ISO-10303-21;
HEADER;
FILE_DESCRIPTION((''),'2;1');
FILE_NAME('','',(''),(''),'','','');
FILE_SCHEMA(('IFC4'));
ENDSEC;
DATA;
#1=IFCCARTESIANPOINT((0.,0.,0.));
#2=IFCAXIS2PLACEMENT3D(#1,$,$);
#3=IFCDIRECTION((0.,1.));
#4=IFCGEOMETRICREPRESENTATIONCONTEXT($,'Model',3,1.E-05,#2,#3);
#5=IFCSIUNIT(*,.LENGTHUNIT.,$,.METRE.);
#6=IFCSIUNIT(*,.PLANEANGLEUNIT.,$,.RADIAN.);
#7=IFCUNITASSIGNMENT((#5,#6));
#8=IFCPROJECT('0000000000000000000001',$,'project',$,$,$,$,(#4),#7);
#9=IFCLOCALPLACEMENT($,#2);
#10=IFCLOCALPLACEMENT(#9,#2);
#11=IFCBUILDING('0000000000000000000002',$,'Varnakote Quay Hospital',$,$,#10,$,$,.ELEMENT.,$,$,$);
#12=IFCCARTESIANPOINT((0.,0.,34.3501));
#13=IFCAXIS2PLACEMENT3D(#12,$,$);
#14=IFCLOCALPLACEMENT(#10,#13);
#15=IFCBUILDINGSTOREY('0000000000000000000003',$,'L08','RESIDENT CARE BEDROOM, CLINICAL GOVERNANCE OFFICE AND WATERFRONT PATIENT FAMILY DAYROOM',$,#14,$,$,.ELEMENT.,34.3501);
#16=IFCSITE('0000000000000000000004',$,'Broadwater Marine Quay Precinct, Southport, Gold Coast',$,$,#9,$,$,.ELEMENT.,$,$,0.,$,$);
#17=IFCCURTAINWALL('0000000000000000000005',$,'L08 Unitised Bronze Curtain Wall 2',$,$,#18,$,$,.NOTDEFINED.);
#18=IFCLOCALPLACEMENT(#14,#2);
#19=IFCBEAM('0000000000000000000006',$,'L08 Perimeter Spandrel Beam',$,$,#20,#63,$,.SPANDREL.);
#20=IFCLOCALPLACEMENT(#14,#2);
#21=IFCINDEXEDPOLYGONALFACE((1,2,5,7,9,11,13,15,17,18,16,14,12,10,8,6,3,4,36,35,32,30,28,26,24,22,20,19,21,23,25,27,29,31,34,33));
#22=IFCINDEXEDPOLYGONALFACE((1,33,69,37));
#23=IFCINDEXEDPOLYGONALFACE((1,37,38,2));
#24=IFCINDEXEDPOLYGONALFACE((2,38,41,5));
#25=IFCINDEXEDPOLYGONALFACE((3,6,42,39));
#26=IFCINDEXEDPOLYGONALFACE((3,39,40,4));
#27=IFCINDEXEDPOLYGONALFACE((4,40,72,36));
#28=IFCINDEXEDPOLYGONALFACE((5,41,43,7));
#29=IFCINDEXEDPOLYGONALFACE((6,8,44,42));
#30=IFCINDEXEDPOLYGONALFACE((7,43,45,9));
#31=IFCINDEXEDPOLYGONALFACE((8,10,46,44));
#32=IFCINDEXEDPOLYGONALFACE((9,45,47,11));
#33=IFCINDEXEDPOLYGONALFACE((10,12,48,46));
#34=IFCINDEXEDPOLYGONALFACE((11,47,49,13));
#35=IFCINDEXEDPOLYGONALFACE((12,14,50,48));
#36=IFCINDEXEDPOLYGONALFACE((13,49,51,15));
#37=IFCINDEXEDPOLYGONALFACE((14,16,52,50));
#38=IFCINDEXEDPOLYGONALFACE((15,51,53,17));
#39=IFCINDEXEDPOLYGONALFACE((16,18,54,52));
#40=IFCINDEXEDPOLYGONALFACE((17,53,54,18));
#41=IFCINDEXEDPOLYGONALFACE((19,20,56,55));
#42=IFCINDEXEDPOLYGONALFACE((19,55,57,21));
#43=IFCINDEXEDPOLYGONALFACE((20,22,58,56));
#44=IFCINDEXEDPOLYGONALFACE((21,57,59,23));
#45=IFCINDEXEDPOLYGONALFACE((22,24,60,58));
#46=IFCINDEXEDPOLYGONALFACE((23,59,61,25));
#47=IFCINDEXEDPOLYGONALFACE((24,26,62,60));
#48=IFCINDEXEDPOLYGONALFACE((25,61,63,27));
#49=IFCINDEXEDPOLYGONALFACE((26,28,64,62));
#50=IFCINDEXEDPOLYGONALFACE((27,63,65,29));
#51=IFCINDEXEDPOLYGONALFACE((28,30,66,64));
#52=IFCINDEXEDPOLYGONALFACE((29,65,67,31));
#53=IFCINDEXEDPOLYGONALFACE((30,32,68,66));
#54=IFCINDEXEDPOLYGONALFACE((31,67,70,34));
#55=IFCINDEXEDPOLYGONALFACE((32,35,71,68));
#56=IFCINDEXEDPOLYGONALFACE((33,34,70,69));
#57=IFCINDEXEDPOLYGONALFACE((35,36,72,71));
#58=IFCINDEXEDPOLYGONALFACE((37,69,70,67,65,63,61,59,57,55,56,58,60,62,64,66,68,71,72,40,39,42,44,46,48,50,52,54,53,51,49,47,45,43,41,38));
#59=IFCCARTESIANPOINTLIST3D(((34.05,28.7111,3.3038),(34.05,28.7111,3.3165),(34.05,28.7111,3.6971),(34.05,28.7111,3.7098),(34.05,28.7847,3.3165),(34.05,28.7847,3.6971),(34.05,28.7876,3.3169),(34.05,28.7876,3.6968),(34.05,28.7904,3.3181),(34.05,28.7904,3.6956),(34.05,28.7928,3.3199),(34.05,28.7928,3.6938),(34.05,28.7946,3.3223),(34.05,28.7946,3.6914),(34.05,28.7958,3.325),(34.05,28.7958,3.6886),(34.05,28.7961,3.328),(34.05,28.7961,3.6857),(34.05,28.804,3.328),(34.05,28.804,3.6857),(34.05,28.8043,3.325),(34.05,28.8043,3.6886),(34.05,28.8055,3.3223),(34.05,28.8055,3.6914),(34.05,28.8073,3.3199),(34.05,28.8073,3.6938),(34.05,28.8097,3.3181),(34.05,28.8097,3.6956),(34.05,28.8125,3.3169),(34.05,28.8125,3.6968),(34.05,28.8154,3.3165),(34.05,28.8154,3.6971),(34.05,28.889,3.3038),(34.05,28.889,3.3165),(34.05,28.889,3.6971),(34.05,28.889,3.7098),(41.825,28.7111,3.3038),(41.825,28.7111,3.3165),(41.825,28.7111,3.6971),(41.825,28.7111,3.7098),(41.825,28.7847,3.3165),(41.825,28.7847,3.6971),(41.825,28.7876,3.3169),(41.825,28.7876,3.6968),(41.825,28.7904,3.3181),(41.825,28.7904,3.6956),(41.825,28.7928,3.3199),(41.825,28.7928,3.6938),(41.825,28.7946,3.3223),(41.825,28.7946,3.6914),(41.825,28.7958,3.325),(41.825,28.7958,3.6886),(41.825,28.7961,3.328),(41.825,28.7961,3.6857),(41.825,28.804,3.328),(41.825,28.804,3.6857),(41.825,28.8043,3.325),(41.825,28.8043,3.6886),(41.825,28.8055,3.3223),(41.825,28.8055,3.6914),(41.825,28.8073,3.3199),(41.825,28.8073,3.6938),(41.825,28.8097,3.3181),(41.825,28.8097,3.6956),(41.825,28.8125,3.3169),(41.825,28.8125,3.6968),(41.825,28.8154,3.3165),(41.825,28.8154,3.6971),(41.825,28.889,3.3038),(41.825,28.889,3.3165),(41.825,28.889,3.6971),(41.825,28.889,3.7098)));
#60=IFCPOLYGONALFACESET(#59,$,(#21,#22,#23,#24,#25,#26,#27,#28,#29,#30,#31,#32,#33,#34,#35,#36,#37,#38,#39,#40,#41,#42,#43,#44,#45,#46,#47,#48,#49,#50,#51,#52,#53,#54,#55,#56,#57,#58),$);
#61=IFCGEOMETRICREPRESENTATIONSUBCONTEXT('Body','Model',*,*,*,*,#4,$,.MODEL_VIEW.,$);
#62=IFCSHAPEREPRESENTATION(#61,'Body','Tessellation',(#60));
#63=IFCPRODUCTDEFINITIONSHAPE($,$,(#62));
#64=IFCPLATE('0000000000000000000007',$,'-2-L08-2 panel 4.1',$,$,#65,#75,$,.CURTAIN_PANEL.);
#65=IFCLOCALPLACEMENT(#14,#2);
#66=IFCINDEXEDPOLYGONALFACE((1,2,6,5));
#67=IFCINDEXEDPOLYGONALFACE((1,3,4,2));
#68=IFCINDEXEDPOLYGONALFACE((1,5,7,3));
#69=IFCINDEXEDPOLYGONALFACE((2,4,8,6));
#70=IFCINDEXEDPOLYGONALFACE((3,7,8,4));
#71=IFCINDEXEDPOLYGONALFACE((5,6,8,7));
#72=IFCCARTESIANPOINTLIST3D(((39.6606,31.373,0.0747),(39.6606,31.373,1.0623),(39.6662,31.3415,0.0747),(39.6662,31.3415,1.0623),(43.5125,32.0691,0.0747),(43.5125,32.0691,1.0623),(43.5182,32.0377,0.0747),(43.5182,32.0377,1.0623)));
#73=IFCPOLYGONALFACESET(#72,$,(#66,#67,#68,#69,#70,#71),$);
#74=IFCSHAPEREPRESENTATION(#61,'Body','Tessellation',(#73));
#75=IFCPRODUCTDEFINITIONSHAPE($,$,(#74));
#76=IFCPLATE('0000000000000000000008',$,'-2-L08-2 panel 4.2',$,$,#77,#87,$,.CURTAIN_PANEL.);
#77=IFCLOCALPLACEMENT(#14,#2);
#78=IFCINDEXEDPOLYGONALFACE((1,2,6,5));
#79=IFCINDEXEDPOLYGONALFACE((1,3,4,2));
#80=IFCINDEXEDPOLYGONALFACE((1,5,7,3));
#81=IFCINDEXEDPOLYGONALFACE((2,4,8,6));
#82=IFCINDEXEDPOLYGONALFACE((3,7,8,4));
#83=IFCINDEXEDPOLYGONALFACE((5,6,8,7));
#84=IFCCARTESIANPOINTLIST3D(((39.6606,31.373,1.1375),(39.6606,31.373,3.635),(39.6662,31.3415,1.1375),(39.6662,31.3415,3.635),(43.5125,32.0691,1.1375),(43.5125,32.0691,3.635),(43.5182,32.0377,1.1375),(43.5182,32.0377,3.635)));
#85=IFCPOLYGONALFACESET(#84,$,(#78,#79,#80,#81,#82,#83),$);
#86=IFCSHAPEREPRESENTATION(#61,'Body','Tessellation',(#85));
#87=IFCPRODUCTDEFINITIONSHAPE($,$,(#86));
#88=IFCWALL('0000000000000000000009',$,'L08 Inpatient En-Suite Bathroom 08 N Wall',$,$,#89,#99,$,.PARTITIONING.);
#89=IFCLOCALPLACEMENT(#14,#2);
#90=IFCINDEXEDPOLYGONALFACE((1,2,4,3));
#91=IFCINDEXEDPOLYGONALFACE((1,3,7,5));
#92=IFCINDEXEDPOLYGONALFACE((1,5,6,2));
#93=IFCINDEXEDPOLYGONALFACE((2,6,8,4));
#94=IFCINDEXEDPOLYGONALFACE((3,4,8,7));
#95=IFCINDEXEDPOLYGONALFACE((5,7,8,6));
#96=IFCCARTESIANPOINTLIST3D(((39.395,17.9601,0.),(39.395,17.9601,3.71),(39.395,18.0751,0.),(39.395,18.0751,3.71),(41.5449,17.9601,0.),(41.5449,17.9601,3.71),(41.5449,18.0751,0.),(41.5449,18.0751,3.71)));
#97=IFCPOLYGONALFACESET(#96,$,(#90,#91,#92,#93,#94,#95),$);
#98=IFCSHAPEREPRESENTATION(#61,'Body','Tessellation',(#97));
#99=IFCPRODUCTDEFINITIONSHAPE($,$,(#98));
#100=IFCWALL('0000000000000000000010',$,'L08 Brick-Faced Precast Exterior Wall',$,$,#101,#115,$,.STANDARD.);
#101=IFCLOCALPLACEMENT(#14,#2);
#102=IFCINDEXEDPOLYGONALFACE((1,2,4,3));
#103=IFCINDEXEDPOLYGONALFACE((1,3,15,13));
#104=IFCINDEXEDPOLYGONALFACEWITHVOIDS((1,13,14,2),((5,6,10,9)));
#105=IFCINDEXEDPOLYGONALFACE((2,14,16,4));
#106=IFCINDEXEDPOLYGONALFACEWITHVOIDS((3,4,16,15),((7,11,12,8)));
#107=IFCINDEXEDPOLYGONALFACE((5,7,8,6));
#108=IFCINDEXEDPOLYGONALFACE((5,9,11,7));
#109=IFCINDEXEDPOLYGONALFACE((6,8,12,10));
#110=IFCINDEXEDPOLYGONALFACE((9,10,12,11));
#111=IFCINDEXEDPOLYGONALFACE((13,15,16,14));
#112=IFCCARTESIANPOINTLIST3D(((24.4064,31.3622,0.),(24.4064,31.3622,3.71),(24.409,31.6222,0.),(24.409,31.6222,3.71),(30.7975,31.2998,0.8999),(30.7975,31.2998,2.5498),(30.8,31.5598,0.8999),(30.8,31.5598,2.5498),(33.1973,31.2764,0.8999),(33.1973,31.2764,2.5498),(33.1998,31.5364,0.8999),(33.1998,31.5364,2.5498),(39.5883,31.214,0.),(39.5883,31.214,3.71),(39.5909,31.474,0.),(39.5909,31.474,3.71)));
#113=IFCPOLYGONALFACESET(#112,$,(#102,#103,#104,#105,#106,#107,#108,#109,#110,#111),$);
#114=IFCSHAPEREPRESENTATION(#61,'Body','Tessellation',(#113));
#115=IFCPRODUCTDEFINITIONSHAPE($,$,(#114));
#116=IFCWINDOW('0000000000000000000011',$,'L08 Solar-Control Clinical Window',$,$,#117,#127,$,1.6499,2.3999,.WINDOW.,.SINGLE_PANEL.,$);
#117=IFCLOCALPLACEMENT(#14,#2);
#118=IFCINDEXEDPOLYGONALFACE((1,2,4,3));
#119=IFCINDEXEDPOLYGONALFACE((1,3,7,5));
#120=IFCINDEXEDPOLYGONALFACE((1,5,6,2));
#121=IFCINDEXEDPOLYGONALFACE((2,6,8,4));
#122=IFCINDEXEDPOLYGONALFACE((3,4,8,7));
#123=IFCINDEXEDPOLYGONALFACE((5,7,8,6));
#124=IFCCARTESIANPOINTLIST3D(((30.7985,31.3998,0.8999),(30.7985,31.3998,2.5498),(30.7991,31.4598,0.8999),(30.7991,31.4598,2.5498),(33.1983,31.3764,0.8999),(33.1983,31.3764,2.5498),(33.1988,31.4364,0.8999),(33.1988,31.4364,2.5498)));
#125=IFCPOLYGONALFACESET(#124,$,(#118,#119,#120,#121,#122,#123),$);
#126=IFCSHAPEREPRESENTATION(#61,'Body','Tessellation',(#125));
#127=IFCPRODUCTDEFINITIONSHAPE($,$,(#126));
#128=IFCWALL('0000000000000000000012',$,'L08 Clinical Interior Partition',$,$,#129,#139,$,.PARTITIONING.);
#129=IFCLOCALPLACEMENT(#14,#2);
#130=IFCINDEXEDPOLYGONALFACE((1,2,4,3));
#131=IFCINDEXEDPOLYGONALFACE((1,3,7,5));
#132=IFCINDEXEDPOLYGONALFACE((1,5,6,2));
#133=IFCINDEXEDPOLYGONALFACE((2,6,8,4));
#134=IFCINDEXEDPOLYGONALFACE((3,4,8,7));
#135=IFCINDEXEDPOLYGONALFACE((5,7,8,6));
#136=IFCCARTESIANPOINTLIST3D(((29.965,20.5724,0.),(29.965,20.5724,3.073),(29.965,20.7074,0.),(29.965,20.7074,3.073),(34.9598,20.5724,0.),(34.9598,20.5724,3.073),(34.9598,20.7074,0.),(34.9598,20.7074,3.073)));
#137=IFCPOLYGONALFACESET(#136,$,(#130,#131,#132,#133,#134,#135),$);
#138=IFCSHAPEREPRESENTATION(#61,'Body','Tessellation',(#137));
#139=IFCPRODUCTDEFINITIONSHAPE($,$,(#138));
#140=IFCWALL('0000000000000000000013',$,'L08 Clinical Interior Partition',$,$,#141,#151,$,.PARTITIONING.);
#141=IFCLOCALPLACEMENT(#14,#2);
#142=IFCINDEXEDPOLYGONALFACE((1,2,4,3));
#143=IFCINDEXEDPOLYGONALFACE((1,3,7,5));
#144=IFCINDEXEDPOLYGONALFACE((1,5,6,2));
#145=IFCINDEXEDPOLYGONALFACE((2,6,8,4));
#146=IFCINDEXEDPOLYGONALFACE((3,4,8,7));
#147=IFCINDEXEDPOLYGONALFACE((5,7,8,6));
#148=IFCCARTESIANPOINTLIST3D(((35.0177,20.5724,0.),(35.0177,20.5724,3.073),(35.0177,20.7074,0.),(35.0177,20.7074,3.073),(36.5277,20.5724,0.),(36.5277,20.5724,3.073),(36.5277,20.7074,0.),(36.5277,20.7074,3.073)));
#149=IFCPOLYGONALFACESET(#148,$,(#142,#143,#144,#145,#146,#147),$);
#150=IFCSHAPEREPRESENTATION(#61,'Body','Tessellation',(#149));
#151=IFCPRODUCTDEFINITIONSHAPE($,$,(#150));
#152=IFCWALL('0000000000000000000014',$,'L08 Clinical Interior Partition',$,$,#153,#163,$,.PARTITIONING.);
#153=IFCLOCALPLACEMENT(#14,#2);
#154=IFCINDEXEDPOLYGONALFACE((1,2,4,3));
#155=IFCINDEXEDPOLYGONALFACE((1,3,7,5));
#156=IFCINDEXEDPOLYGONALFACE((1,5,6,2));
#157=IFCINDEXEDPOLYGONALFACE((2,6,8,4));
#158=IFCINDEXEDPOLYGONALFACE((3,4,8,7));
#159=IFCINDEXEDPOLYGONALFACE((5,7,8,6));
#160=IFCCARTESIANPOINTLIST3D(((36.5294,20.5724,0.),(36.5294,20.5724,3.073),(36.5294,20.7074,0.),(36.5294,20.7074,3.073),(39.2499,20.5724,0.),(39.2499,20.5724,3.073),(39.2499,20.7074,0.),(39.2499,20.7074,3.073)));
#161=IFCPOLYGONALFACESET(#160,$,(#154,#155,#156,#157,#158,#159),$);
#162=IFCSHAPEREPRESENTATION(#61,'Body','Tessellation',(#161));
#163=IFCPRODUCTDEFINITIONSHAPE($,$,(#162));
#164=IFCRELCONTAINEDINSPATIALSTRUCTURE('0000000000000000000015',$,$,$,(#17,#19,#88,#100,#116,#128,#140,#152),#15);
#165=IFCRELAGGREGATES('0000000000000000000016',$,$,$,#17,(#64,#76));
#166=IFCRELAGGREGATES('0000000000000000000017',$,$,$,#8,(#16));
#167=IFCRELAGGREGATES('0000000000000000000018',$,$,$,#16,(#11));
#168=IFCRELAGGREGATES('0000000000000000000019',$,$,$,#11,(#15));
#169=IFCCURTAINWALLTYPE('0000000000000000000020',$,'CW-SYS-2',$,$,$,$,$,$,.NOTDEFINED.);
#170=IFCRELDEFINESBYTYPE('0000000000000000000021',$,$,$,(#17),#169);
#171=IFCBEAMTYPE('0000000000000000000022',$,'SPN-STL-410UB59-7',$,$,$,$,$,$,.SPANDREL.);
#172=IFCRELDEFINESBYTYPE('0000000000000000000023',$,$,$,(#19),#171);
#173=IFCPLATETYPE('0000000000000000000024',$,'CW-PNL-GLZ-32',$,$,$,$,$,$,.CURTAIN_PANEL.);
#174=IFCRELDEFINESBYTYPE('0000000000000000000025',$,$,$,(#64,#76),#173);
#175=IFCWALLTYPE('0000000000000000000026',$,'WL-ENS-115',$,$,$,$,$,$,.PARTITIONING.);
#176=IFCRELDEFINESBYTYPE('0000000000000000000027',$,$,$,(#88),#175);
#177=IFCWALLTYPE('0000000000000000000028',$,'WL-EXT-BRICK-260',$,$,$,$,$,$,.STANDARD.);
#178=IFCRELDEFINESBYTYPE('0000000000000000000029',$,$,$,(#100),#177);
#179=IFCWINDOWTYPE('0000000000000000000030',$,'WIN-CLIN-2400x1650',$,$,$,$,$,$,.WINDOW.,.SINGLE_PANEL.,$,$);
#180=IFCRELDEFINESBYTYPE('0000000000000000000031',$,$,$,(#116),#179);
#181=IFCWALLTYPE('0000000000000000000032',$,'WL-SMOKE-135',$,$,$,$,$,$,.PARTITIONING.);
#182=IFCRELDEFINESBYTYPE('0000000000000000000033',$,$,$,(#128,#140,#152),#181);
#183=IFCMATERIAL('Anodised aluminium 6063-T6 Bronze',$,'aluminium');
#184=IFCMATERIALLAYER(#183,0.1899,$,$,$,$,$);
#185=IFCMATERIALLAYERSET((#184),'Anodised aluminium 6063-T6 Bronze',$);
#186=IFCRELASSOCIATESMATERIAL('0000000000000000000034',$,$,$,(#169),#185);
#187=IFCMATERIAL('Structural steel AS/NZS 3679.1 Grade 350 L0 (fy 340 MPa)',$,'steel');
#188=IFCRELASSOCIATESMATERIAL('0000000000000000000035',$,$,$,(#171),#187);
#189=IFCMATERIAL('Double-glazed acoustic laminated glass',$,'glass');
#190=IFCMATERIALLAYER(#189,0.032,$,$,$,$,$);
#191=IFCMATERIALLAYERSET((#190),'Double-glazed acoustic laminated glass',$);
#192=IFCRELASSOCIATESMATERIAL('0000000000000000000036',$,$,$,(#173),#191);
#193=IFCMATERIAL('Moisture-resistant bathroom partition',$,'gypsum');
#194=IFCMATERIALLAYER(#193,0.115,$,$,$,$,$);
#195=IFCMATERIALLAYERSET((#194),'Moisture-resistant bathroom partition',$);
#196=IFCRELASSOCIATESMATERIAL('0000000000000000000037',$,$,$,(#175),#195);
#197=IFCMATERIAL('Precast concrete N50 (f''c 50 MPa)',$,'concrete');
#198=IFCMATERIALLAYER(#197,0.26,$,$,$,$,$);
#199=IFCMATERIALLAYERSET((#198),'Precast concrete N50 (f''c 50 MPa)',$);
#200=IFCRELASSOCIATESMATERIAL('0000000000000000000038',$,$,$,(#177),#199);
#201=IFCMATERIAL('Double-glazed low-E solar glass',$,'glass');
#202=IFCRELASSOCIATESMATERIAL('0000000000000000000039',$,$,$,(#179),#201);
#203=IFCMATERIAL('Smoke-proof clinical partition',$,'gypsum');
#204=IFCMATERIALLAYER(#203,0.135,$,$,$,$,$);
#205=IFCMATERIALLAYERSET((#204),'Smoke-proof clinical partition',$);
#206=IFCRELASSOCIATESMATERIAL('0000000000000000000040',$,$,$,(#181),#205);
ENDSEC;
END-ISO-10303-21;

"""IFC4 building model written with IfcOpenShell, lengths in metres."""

from ifc_helpers import new_model, si_unit, direction, frame, frame_2d, origin, origin_2d, place, context, subcontext, project, spatial, rectangle, i_section, extrude, material, layer, layer_set, material_profile, profile_set, type_object, element, fill, aggregate, save


model = new_model("IFC4")

# Units and contexts
model_context = context("Model", 3, precision=1e-05, world=origin(), true_north=direction((0.0, 1.0)))
body_context = subcontext(model_context, "Body", "Model", "MODEL_VIEW")
ifc_project = project(units=[si_unit("LENGTHUNIT", "METRE"), si_unit("PLANEANGLEUNIT", "RADIAN")], contexts=[model_context])

# Site, building, storey
site_placement = place(None, origin())
site = spatial("IfcSite", under=ifc_project, at=site_placement, Name="Broadwater Marine Quay Precinct, Southport, Gold Coast", CompositionType="ELEMENT", RefElevation=0.0)
building_placement = place(site_placement, origin())
building = spatial("IfcBuilding", under=site, at=building_placement, Name="Varnakote Quay Hospital", CompositionType="ELEMENT")
storey_placement = place(building_placement, frame((0.0, 0.0, 34.3501)))
storey = spatial("IfcBuildingStorey", under=building, at=storey_placement, Name="L08", Description="RESIDENT CARE BEDROOM, CLINICAL GOVERNANCE OFFICE AND WATERFRONT PATIENT FAMILY DAYROOM", CompositionType="ELEMENT", Elevation=34.3501)

# Curtain wall
ifc_material_1 = material(Name="Anodised aluminium 6063-T6 Bronze", Category="aluminium")
ifc_layer_1 = layer(ifc_material_1, 0.1899)
ifc_layer_set_1 = layer_set([ifc_layer_1], Name="Anodised aluminium 6063-T6 Bronze")
curtain_wall_type = type_object("IfcCurtainWallType", Name="CW-SYS-2", PredefinedType="NOTDEFINED", material=ifc_layer_set_1)
curtain_wall_placement = place(storey_placement, origin())
curtain_wall = element("IfcCurtainWall", 1, at=curtain_wall_placement, inside=storey, type_object=curtain_wall_type, Name="L08 Unitised Bronze Curtain Wall 2", PredefinedType="NOTDEFINED")

# Beam
ifc_material_2 = material(Name="Structural steel AS/NZS 3679.1 Grade 350 L0 (fy 340 MPa)", Category="steel")
ifc_material_profile_1 = material_profile(ifc_material_2, i_section(OverallWidth=0.178, OverallDepth=0.406, WebThickness=0.0078, FlangeThickness=0.0127, FilletRadius=0.0115, at=origin_2d()), Name="410UB59.7")
ifc_profile_set_1 = profile_set([ifc_material_profile_1], Name="Structural steel AS/NZS 3679.1 Grade 350 L0 (fy 340 MPa)")
beam_type_1 = type_object("IfcBeamType", Name="SPN-STL-410UB59-7", PredefinedType="SPANDREL", material=ifc_profile_set_1)
beam_1_placement = place(storey_placement, frame((34.05, 28.8, 3.5068), z_axis=(1.0, 0.0, 0.0), x_axis=(0.0, 1.0, 0.0)))
element("IfcBeam", 2, at=beam_1_placement, inside=storey, type_object=beam_type_1, Name="L08 Perimeter Spandrel Beam", PredefinedType="SPANDREL", context=body_context, shape_type="SweptSolid", body=[
    extrude(i_section(OverallWidth=0.178, OverallDepth=0.406, WebThickness=0.0078, FlangeThickness=0.0127, FilletRadius=0.0115, at=origin_2d()), origin(), (0.0, 0.0, 1.0), 7.7749),
])

# Plates
ifc_material_3 = material(Name="Double-glazed acoustic laminated glass", Category="glass")
ifc_layer_2 = layer(ifc_material_3, 0.032)
ifc_layer_set_2 = layer_set([ifc_layer_2], Name="Double-glazed acoustic laminated glass")
plate_type = type_object("IfcPlateType", Name="CW-PNL-GLZ-32", PredefinedType="CURTAIN_PANEL", material=ifc_layer_set_2)
plate_1_placement = place(storey_placement, frame((41.5894, 31.7053, 0.0747), z_axis=(0.0, 0.0, 1.0), x_axis=(-0.984058, -0.177846, 0.0)))
plate_1 = element("IfcPlate", 3, at=plate_1_placement, type_object=plate_type, Name="-2-L08-2 panel 4.1", PredefinedType="CURTAIN_PANEL", context=body_context, shape_type="SweptSolid", body=[
    extrude(rectangle(XDim=3.9143, YDim=0.032, at=origin_2d()), origin(), (0.0, 0.0, 1.0), 0.9875),
])
plate_2_placement = place(storey_placement, frame((41.5894, 31.7053, 1.1375), z_axis=(0.0, 0.0, 1.0), x_axis=(-0.984058, -0.177846, 0.0)))
plate_2 = element("IfcPlate", 4, at=plate_2_placement, type_object=plate_type, Name="-2-L08-2 panel 4.2", PredefinedType="CURTAIN_PANEL", context=body_context, shape_type="SweptSolid", body=[
    extrude(rectangle(XDim=3.9143, YDim=0.032, at=origin_2d()), origin(), (0.0, 0.0, 1.0), 2.4976),
])
aggregate(curtain_wall, [plate_1, plate_2])

# Wall
ifc_material_4 = material(Name="Moisture-resistant bathroom partition", Category="gypsum")
ifc_layer_3 = layer(ifc_material_4, 0.115)
ifc_layer_set_3 = layer_set([ifc_layer_3], Name="Moisture-resistant bathroom partition")
wall_type_1 = type_object("IfcWallType", Name="WL-ENS-115", PredefinedType="PARTITIONING", material=ifc_layer_set_3)
wall_1_placement = place(storey_placement, frame((39.395, 18.0176, 0.0), z_axis=(0.0, 0.0, 1.0), x_axis=(1.0, 0.0, 0.0)))
element("IfcWall", 5, at=wall_1_placement, inside=storey, type_object=wall_type_1, Name="L08 Inpatient En-Suite Bathroom 08 N Wall", PredefinedType="PARTITIONING", context=body_context, shape_type="SweptSolid", body=[
    extrude(rectangle(XDim=2.1499, YDim=0.115, at=frame_2d((1.075, 0.0))), origin(), (0.0, 0.0, 1.0), 3.71),
])

# Wall, opening, window
ifc_material_5 = material(Name="Precast concrete N50 (f'c 50 MPa)", Category="concrete")
ifc_layer_4 = layer(ifc_material_5, 0.26)
ifc_layer_set_4 = layer_set([ifc_layer_4], Name="Precast concrete N50 (f'c 50 MPa)")
wall_type_2 = type_object("IfcWallType", Name="WL-EXT-BRICK-260", PredefinedType="STANDARD", material=ifc_layer_set_4)
wall_2_placement = place(storey_placement, frame((39.5896, 31.344, 0.0), z_axis=(0.0, 0.0, 1.0), x_axis=(-0.999952, 0.009761, 0.0)))
wall_2 = element("IfcWall", 6, at=wall_2_placement, inside=storey, type_object=wall_type_2, Name="L08 Brick-Faced Precast Exterior Wall", PredefinedType="STANDARD", context=body_context, shape_type="SweptSolid", body=[
    extrude(rectangle(XDim=15.1826, YDim=0.26, at=frame_2d((7.5913, 0.0))), origin(), (0.0, 0.0, 1.0), 3.71),
])
opening_1_placement = place(wall_2_placement, frame((6.3914, 0.0, 0.8999)))
opening_1 = element("IfcOpeningElement", 7, at=opening_1_placement, cuts=wall_2, PredefinedType="OPENING", context=body_context, shape_type="SweptSolid", body=[
    extrude(rectangle(XDim=2.3999, YDim=1.6499, at=frame_2d((1.2, 0.825))), frame((0.0, 0.1399, 0.0), z_axis=(0.0, -1.0, 0.0), x_axis=(1.0, 0.0, 0.0)), (0.0, 0.0, 1.0), 0.28),
])
ifc_material_6 = material(Name="Double-glazed low-E solar glass", Category="glass")
window_type = type_object("IfcWindowType", Name="WIN-CLIN-2400x1650", PartitioningType="SINGLE_PANEL", PredefinedType="WINDOW", material=ifc_material_6)
window_placement = place(opening_1_placement, origin())
window = element("IfcWindow", 8, at=window_placement, inside=storey, type_object=window_type, Name="L08 Solar-Control Clinical Window", OverallHeight=1.6499, OverallWidth=2.3999, PartitioningType="SINGLE_PANEL", PredefinedType="WINDOW", context=body_context, shape_type="SweptSolid", body=[
    extrude(rectangle(XDim=2.3999, YDim=1.6499, at=frame_2d((1.2, 0.825))), frame((0.0, 0.03, 0.0), z_axis=(0.0, -1.0, 0.0), x_axis=(1.0, 0.0, 0.0)), (0.0, 0.0, 1.0), 0.0601),
])
fill(opening_1, window)

# Walls
ifc_material_7 = material(Name="Smoke-proof clinical partition", Category="gypsum")
ifc_layer_5 = layer(ifc_material_7, 0.135)
ifc_layer_set_5 = layer_set([ifc_layer_5], Name="Smoke-proof clinical partition")
wall_type_3 = type_object("IfcWallType", Name="WL-SMOKE-135", PredefinedType="PARTITIONING", material=ifc_layer_set_5)
wall_3_placement = place(storey_placement, frame((34.96, 20.6399, 0.0), z_axis=(0.0, 0.0, 1.0), x_axis=(-1.0, 0.0, 0.0)))
element("IfcWall", 9, at=wall_3_placement, inside=storey, type_object=wall_type_3, Name="L08 Clinical Interior Partition", PredefinedType="PARTITIONING", context=body_context, shape_type="SweptSolid", body=[
    extrude(rectangle(XDim=4.9949, YDim=0.135, at=frame_2d((2.4976, 0.0))), origin(), (0.0, 0.0, 1.0), 3.073),
])
wall_4_placement = place(storey_placement, frame((36.5276, 20.6399, 0.0), z_axis=(0.0, 0.0, 1.0), x_axis=(-1.0, 0.0, 0.0)))
element("IfcWall", 10, at=wall_4_placement, inside=storey, type_object=wall_type_3, Name="L08 Clinical Interior Partition", PredefinedType="PARTITIONING", context=body_context, shape_type="SweptSolid", body=[
    extrude(rectangle(XDim=1.51, YDim=0.135, at=frame_2d((0.7549, 0.0))), origin(), (0.0, 0.0, 1.0), 3.073),
])
wall_5_placement = place(storey_placement, frame((39.25, 20.6399, 0.0), z_axis=(0.0, 0.0, 1.0), x_axis=(-1.0, 0.0, 0.0)))
element("IfcWall", 11, at=wall_5_placement, inside=storey, type_object=wall_type_3, Name="L08 Clinical Interior Partition", PredefinedType="PARTITIONING", context=body_context, shape_type="SweptSolid", body=[
    extrude(rectangle(XDim=2.7205, YDim=0.135, at=frame_2d((1.3604, 0.0))), origin(), (0.0, 0.0, 1.0), 3.073),
])

save(model, "model.ifc")
